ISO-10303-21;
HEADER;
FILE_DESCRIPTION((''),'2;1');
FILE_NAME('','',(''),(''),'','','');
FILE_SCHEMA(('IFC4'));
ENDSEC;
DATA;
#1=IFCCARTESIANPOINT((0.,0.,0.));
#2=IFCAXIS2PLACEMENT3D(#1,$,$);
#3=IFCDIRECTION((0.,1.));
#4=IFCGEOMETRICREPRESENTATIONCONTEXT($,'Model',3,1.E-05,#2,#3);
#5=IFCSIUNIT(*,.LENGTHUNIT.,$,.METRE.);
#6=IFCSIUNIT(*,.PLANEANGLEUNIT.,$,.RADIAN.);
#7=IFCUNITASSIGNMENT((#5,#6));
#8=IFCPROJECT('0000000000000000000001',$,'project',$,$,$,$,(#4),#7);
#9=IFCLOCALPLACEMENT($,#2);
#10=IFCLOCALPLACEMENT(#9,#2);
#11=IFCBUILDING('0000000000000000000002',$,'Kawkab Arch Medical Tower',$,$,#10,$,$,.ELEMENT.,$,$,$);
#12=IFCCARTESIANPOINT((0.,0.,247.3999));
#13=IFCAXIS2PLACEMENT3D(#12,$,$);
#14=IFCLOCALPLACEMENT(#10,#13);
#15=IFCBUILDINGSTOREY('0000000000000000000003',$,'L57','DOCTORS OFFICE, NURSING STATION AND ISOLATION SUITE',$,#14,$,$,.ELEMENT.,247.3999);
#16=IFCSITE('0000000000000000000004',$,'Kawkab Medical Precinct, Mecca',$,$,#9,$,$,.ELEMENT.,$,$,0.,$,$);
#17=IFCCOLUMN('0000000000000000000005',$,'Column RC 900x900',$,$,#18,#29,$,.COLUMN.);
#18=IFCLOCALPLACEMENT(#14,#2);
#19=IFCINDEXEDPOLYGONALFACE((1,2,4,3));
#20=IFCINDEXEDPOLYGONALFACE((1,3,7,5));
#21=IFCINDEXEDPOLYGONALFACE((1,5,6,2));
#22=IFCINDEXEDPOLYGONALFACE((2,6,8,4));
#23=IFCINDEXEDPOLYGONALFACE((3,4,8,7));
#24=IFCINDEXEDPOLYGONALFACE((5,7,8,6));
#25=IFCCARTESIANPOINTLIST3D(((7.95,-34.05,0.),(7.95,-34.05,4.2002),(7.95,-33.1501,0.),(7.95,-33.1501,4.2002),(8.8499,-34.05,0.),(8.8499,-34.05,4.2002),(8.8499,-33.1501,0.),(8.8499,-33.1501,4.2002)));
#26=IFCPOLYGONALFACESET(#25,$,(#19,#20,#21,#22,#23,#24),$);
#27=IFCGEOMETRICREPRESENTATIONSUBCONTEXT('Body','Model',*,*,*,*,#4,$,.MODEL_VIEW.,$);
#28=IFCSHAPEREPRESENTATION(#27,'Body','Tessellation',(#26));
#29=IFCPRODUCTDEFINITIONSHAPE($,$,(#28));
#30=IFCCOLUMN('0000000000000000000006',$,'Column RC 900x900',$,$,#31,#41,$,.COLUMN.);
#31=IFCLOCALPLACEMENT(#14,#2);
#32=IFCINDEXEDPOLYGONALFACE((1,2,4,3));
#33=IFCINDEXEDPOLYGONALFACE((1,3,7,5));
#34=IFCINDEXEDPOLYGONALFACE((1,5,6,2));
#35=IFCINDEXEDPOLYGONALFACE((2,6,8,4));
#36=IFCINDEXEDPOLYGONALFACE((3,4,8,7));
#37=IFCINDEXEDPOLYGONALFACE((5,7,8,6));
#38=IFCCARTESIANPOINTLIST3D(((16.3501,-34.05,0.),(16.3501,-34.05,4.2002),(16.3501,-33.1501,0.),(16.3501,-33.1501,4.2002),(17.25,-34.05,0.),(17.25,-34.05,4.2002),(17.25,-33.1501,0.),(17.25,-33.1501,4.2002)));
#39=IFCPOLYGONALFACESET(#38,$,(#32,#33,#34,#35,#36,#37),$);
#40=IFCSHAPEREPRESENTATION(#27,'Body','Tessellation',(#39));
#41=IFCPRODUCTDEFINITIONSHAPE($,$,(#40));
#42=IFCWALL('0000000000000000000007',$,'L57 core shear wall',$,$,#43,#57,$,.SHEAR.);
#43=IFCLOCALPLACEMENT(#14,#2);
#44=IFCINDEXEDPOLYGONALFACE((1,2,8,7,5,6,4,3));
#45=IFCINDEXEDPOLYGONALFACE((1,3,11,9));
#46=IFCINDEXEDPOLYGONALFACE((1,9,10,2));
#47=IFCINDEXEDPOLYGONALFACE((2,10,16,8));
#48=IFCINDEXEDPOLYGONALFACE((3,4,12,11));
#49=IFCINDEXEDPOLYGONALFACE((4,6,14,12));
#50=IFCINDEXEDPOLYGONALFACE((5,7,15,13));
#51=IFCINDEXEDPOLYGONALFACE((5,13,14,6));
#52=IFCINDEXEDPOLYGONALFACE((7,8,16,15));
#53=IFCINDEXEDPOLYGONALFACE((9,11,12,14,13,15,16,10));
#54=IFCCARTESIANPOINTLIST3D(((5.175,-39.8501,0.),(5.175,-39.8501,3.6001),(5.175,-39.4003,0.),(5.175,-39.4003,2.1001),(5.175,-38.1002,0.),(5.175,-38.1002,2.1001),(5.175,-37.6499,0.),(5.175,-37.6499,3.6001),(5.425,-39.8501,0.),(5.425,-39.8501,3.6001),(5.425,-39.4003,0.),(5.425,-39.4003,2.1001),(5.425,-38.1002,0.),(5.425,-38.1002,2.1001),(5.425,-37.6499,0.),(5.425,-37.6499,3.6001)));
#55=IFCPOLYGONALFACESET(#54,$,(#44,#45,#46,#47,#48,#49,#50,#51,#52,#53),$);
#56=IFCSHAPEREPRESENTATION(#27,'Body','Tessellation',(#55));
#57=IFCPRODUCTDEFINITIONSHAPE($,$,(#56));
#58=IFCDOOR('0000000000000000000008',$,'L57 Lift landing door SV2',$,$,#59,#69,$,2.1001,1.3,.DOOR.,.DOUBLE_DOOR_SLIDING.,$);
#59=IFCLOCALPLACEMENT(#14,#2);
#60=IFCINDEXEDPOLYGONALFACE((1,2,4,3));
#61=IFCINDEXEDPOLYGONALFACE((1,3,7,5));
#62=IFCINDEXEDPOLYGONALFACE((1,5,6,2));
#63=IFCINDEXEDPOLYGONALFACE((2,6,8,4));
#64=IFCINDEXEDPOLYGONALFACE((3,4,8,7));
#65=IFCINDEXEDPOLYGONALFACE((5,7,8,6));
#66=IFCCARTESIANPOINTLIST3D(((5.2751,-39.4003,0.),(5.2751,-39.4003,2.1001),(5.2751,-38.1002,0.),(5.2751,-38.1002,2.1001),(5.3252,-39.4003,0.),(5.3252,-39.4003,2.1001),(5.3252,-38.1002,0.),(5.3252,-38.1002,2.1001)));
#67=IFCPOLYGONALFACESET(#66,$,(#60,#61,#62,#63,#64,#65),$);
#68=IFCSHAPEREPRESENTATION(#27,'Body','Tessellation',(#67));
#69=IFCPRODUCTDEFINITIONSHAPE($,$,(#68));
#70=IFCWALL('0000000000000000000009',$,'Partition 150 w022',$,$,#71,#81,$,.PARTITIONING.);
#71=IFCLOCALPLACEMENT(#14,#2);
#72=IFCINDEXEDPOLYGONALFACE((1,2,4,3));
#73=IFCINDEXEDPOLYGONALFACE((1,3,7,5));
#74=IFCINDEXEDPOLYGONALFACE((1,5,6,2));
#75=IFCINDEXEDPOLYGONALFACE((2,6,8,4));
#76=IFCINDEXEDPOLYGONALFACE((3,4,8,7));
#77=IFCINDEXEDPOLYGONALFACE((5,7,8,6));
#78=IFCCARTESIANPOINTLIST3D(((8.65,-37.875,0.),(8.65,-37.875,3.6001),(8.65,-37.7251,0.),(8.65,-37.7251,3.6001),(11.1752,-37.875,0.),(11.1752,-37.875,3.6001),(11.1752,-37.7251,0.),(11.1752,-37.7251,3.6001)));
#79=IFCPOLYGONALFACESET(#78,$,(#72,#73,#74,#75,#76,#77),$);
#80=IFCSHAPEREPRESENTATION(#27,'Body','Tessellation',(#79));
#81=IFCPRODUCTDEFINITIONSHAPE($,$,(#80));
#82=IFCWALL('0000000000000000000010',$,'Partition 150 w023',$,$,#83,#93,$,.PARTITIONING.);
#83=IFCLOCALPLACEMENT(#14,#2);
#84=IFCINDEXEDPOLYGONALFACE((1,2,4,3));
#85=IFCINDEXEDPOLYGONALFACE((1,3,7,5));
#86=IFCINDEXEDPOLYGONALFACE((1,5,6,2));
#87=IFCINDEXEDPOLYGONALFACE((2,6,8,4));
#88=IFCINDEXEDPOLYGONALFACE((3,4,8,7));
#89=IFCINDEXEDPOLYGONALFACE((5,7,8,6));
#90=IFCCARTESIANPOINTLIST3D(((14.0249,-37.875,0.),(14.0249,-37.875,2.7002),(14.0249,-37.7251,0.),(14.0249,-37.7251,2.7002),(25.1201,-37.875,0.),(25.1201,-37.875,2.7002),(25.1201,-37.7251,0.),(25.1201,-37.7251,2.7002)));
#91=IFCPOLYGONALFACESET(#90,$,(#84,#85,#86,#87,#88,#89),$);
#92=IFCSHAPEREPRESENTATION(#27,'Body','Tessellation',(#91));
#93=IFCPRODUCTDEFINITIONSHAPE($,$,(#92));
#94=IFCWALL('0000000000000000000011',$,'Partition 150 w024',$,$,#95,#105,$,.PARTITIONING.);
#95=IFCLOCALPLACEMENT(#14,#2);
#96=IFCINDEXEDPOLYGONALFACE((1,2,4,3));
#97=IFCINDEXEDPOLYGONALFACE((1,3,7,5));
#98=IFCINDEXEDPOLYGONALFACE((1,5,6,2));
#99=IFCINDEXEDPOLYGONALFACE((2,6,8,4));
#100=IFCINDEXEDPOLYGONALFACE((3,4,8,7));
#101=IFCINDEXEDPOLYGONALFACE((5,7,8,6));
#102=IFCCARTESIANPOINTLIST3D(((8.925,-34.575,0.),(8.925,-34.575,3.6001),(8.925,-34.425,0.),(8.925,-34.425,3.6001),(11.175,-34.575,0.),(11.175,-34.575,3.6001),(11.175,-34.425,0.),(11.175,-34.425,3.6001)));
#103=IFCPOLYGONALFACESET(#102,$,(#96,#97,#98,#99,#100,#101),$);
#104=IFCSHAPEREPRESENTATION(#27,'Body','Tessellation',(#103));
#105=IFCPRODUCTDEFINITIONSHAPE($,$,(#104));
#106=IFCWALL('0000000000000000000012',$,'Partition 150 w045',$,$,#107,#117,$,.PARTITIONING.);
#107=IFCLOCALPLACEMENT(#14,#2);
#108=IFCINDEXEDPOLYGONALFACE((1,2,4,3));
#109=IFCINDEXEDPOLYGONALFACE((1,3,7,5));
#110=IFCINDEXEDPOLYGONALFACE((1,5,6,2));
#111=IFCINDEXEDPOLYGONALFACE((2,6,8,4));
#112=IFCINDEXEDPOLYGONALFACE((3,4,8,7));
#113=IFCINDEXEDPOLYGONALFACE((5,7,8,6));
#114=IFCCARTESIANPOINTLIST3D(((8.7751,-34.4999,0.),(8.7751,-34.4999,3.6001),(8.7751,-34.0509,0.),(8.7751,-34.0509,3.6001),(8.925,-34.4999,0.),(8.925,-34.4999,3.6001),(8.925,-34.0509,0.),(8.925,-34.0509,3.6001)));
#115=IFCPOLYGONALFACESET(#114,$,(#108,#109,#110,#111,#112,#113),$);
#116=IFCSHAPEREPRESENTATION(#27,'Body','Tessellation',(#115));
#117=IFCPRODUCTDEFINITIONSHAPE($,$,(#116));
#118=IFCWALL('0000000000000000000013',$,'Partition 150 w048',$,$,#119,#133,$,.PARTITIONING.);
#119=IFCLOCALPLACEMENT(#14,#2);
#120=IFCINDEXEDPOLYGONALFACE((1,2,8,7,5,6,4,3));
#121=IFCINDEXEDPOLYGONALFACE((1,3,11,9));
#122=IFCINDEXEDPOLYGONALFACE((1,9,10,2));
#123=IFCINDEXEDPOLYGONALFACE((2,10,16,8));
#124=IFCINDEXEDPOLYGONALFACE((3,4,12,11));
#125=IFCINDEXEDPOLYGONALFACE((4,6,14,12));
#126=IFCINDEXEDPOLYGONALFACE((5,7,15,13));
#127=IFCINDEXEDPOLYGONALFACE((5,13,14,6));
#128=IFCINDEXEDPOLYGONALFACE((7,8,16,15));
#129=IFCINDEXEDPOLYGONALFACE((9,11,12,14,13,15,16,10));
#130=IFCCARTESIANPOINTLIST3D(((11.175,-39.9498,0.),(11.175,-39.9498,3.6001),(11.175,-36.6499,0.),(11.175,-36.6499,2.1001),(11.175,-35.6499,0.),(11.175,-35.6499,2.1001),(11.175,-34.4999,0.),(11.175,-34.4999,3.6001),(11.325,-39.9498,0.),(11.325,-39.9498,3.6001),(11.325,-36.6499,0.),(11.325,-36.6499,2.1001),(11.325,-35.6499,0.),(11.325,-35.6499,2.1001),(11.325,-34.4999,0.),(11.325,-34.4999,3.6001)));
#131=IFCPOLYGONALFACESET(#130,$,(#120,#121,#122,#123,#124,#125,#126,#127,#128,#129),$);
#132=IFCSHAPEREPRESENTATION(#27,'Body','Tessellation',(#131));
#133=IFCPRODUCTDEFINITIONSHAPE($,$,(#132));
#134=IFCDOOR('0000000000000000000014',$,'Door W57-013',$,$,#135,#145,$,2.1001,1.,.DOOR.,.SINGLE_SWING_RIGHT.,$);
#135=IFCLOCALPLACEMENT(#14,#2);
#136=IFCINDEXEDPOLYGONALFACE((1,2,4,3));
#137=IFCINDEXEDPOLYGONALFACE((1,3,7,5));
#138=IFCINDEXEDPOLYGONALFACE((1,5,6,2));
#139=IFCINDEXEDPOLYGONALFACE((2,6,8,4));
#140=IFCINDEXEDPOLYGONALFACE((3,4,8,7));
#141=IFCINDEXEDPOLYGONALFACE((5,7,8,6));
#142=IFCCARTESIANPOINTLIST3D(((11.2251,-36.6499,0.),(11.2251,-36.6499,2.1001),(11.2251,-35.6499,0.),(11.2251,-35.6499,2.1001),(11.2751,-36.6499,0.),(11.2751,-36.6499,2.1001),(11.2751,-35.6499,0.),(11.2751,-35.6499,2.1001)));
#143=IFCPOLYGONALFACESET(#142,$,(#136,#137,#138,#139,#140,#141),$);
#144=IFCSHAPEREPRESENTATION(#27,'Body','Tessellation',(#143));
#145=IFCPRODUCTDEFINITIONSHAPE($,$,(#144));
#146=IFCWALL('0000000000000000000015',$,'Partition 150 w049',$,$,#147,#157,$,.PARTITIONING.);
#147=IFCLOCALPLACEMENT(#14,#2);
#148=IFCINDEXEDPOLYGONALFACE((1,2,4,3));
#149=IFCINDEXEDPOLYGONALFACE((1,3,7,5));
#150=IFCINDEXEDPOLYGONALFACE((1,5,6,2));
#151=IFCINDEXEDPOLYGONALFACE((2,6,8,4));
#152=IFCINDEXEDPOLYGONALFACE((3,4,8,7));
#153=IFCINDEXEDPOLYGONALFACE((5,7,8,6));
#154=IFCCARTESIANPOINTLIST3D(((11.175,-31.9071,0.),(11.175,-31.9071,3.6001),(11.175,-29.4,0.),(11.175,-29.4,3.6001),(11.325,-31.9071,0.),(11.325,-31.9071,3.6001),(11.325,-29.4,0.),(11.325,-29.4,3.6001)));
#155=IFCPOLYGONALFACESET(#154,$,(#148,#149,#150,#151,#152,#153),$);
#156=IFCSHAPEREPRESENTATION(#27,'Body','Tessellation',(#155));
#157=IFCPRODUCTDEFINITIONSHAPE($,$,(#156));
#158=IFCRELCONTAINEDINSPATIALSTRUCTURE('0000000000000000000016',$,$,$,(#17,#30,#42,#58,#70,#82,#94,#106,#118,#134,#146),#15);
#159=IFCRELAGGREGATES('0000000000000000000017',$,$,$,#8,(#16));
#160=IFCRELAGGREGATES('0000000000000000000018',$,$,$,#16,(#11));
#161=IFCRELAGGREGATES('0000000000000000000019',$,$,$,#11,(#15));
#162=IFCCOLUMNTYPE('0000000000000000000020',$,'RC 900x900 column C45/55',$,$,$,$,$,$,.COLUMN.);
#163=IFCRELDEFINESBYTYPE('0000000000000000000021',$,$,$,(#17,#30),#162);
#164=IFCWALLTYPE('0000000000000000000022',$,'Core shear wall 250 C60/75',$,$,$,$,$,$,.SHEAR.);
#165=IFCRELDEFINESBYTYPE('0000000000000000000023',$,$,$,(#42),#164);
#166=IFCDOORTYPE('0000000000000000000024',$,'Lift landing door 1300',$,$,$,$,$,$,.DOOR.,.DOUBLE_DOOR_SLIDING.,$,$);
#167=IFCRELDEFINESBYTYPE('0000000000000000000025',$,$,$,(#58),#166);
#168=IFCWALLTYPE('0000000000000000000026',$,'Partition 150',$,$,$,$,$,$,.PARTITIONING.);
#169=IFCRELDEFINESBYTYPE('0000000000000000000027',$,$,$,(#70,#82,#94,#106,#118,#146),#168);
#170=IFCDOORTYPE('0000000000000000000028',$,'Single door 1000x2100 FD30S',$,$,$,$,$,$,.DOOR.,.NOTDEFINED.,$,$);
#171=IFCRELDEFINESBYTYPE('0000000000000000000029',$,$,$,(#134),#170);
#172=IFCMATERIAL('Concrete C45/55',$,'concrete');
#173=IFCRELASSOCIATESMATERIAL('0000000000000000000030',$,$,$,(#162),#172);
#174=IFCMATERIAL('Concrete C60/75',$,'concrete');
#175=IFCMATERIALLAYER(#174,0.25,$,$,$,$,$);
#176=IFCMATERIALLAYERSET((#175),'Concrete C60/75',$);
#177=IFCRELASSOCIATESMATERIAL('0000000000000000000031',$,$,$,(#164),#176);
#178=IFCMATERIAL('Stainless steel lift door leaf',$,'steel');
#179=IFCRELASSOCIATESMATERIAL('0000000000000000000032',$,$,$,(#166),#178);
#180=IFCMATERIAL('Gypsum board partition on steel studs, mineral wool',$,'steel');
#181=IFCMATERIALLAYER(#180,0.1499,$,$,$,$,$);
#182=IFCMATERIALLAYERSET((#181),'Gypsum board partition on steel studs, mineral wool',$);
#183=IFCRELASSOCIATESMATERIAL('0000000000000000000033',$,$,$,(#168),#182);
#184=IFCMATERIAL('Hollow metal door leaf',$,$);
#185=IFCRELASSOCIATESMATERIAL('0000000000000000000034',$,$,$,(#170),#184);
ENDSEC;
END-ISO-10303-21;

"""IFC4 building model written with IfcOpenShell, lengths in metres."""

from ifc_helpers import new_model, si_unit, direction, frame, frame_2d, origin, origin_2d, place, context, subcontext, project, spatial, rectangle, extrude, material, layer, layer_set, material_profile, profile_set, type_object, element, fill, save


model = new_model("IFC4")

# Units and contexts
model_context = context("Model", 3, precision=1e-05, world=origin(), true_north=direction((0.0, 1.0)))
body_context = subcontext(model_context, "Body", "Model", "MODEL_VIEW")
ifc_project = project(units=[si_unit("LENGTHUNIT", "METRE"), si_unit("PLANEANGLEUNIT", "RADIAN")], contexts=[model_context])

# Site, building, storey
site_placement = place(None, origin())
site = spatial("IfcSite", under=ifc_project, at=site_placement, Name="Kawkab Medical Precinct, Mecca", CompositionType="ELEMENT", RefElevation=0.0)
building_placement = place(site_placement, origin())
building = spatial("IfcBuilding", under=site, at=building_placement, Name="Kawkab Arch Medical Tower", CompositionType="ELEMENT")
storey_placement = place(building_placement, frame((0.0, 0.0, 247.3999)))
storey = spatial("IfcBuildingStorey", under=building, at=storey_placement, Name="L57", Description="DOCTORS OFFICE, NURSING STATION AND ISOLATION SUITE", CompositionType="ELEMENT", Elevation=247.3999)

# Columns
ifc_material_1 = material(Name="Concrete C45/55", Category="concrete")
ifc_material_profile = material_profile(ifc_material_1, rectangle(XDim=0.8999, YDim=0.8999, at=origin_2d()), Name="RC 900x900")
ifc_profile_set = profile_set([ifc_material_profile], Name="Concrete C45/55")
column_type = type_object("IfcColumnType", Name="RC 900x900 column C45/55", PredefinedType="COLUMN", material=ifc_profile_set)
for number, where, z_axis, x_axis, name in (
    (1, (8.3999, -33.6001, 0.0), (0.0, 0.0, 1.0), (1.0, 0.0, 0.0), "Column RC 900x900"),
    (2, (16.8, -33.6001, 0.0), (0.0, 0.0, 1.0), (1.0, 0.0, 0.0), "Column RC 900x900"),
):
    element("IfcColumn", number, at=place(storey_placement, frame(where, z_axis=z_axis, x_axis=x_axis)), inside=storey, type_object=column_type, Name=name, PredefinedType="COLUMN", context=body_context, shape_type="SweptSolid", body=[
        extrude(rectangle(XDim=0.8999, YDim=0.8999, at=origin_2d()), origin(), (0.0, 0.0, 1.0), 4.2002),
    ])

# Wall, opening, door
ifc_material_2 = material(Name="Concrete C60/75", Category="concrete")
ifc_layer_1 = layer(ifc_material_2, 0.25)
ifc_layer_set_1 = layer_set([ifc_layer_1], Name="Concrete C60/75")
wall_type_1 = type_object("IfcWallType", Name="Core shear wall 250 C60/75", PredefinedType="SHEAR", material=ifc_layer_set_1)
wall_1_placement = place(storey_placement, frame((5.3, -39.8501, 0.0), z_axis=(0.0, 0.0, 1.0), x_axis=(0.0, 1.0, 0.0)))
wall_1 = element("IfcWall", 3, at=wall_1_placement, inside=storey, type_object=wall_type_1, Name="L57 core shear wall", PredefinedType="SHEAR", context=body_context, shape_type="SweptSolid", body=[
    extrude(rectangle(XDim=2.2002, YDim=0.25, at=frame_2d((1.1001, 0.0))), origin(), (0.0, 0.0, 1.0), 3.6001),
])
opening_1_placement = place(wall_1_placement, frame((0.45, 0.0, 0.0)))
opening_1 = element("IfcOpeningElement", 4, at=opening_1_placement, cuts=wall_1, PredefinedType="OPENING", context=body_context, shape_type="SweptSolid", body=[
    extrude(rectangle(XDim=1.3, YDim=2.1001, at=frame_2d((0.6499, 1.05))), frame((0.0, 0.135, 0.0), z_axis=(0.0, -1.0, 0.0), x_axis=(1.0, 0.0, 0.0)), (0.0, 0.0, 1.0), 0.27),
])
ifc_material_3 = material(Name="Stainless steel lift door leaf", Category="steel")
door_type_1 = type_object("IfcDoorType", Name="Lift landing door 1300", OperationType="DOUBLE_DOOR_SLIDING", PredefinedType="DOOR", material=ifc_material_3)
door_1_placement = place(opening_1_placement, origin())
door_1 = element("IfcDoor", 5, at=door_1_placement, inside=storey, type_object=door_type_1, Name="L57 Lift landing door SV2", OperationType="DOUBLE_DOOR_SLIDING", OverallHeight=2.1001, OverallWidth=1.3, PredefinedType="DOOR", context=body_context, shape_type="SweptSolid", body=[
    extrude(rectangle(XDim=1.3, YDim=2.1001, at=frame_2d((0.6499, 1.05))), frame((0.0, 0.0249, 0.0), z_axis=(0.0, -1.0, 0.0), x_axis=(1.0, 0.0, 0.0)), (0.0, 0.0, 1.0), 0.05),
])
fill(opening_1, door_1)

# Walls
ifc_material_4 = material(Name="Gypsum board partition on steel studs, mineral wool", Category="steel")
ifc_layer_2 = layer(ifc_material_4, 0.1499)
ifc_layer_set_2 = layer_set([ifc_layer_2], Name="Gypsum board partition on steel studs, mineral wool")
wall_type_2 = type_object("IfcWallType", Name="Partition 150", PredefinedType="PARTITIONING", material=ifc_layer_set_2)
wall_2_placement = place(storey_placement, frame((8.6499, -37.8, 0.0), z_axis=(0.0, 0.0, 1.0), x_axis=(1.0, 0.0, 0.0)))
element("IfcWall", 6, at=wall_2_placement, inside=storey, type_object=wall_type_2, Name="Partition 150 w022", PredefinedType="PARTITIONING", context=body_context, shape_type="SweptSolid", body=[
    extrude(rectangle(XDim=2.5251, YDim=0.1499, at=frame_2d((1.2627, 0.0))), origin(), (0.0, 0.0, 1.0), 3.6001),
])
wall_3_placement = place(storey_placement, frame((14.0249, -37.8, 0.0), z_axis=(0.0, 0.0, 1.0), x_axis=(1.0, 0.0, 0.0)))
element("IfcWall", 7, at=wall_3_placement, inside=storey, type_object=wall_type_2, Name="Partition 150 w023", PredefinedType="PARTITIONING", context=body_context, shape_type="SweptSolid", body=[
    extrude(rectangle(XDim=11.0952, YDim=0.1499, at=frame_2d((5.5476, 0.0))), origin(), (0.0, 0.0, 1.0), 2.7002),
])
wall_4_placement = place(storey_placement, frame((8.925, -34.5, 0.0), z_axis=(0.0, 0.0, 1.0), x_axis=(1.0, 0.0, 0.0)))
element("IfcWall", 8, at=wall_4_placement, inside=storey, type_object=wall_type_2, Name="Partition 150 w024", PredefinedType="PARTITIONING", context=body_context, shape_type="SweptSolid", body=[
    extrude(rectangle(XDim=2.25, YDim=0.1499, at=frame_2d((1.125, 0.0))), origin(), (0.0, 0.0, 1.0), 3.6001),
])
wall_5_placement = place(storey_placement, frame((8.8501, -34.5, 0.0), z_axis=(0.0, 0.0, 1.0), x_axis=(0.0, 1.0, 0.0)))
element("IfcWall", 9, at=wall_5_placement, inside=storey, type_object=wall_type_2, Name="Partition 150 w045", PredefinedType="PARTITIONING", context=body_context, shape_type="SweptSolid", body=[
    extrude(rectangle(XDim=0.449, YDim=0.1499, at=frame_2d((0.2246, 0.0))), origin(), (0.0, 0.0, 1.0), 3.6001),
])

# Wall, opening, door
wall_6_placement = place(storey_placement, frame((11.25, -39.95, 0.0), z_axis=(0.0, 0.0, 1.0), x_axis=(0.0, 1.0, 0.0)))
wall_6 = element("IfcWall", 10, at=wall_6_placement, inside=storey, type_object=wall_type_2, Name="Partition 150 w048", PredefinedType="PARTITIONING", context=body_context, shape_type="SweptSolid", body=[
    extrude(rectangle(XDim=5.45, YDim=0.1499, at=frame_2d((2.7251, 0.0))), origin(), (0.0, 0.0, 1.0), 3.6001),
])
opening_2_placement = place(wall_6_placement, frame((3.3, 0.0, 0.0)))
opening_2 = element("IfcOpeningElement", 11, at=opening_2_placement, cuts=wall_6, PredefinedType="OPENING", context=body_context, shape_type="SweptSolid", body=[
    extrude(rectangle(XDim=1.0, YDim=2.1001, at=frame_2d((0.5, 1.05))), frame((0.0, 0.085, 0.0), z_axis=(0.0, -1.0, 0.0), x_axis=(1.0, 0.0, 0.0)), (0.0, 0.0, 1.0), 0.1699),
])
ifc_material_5 = material(Name="Hollow metal door leaf")
door_type_2 = type_object("IfcDoorType", Name="Single door 1000x2100 FD30S", OperationType="NOTDEFINED", PredefinedType="DOOR", material=ifc_material_5)
door_2_placement = place(opening_2_placement, origin())
door_2 = element("IfcDoor", 12, at=door_2_placement, inside=storey, type_object=door_type_2, Name="Door W57-013", OperationType="SINGLE_SWING_RIGHT", OverallHeight=2.1001, OverallWidth=1.0, PredefinedType="DOOR", context=body_context, shape_type="SweptSolid", body=[
    extrude(rectangle(XDim=1.0, YDim=2.1001, at=frame_2d((0.5, 1.05))), frame((0.0, 0.0249, 0.0), z_axis=(0.0, -1.0, 0.0), x_axis=(1.0, 0.0, 0.0)), (0.0, 0.0, 1.0), 0.05),
])
fill(opening_2, door_2)

# Wall
wall_7_placement = place(storey_placement, frame((11.25, -31.907, 0.0), z_axis=(0.0, 0.0, 1.0), x_axis=(0.0, 1.0, 0.0)))
element("IfcWall", 13, at=wall_7_placement, inside=storey, type_object=wall_type_2, Name="Partition 150 w049", PredefinedType="PARTITIONING", context=body_context, shape_type="SweptSolid", body=[
    extrude(rectangle(XDim=2.5071, YDim=0.1499, at=frame_2d((1.2534, 0.0))), origin(), (0.0, 0.0, 1.0), 3.6001),
])

save(model, "model.ifc")
